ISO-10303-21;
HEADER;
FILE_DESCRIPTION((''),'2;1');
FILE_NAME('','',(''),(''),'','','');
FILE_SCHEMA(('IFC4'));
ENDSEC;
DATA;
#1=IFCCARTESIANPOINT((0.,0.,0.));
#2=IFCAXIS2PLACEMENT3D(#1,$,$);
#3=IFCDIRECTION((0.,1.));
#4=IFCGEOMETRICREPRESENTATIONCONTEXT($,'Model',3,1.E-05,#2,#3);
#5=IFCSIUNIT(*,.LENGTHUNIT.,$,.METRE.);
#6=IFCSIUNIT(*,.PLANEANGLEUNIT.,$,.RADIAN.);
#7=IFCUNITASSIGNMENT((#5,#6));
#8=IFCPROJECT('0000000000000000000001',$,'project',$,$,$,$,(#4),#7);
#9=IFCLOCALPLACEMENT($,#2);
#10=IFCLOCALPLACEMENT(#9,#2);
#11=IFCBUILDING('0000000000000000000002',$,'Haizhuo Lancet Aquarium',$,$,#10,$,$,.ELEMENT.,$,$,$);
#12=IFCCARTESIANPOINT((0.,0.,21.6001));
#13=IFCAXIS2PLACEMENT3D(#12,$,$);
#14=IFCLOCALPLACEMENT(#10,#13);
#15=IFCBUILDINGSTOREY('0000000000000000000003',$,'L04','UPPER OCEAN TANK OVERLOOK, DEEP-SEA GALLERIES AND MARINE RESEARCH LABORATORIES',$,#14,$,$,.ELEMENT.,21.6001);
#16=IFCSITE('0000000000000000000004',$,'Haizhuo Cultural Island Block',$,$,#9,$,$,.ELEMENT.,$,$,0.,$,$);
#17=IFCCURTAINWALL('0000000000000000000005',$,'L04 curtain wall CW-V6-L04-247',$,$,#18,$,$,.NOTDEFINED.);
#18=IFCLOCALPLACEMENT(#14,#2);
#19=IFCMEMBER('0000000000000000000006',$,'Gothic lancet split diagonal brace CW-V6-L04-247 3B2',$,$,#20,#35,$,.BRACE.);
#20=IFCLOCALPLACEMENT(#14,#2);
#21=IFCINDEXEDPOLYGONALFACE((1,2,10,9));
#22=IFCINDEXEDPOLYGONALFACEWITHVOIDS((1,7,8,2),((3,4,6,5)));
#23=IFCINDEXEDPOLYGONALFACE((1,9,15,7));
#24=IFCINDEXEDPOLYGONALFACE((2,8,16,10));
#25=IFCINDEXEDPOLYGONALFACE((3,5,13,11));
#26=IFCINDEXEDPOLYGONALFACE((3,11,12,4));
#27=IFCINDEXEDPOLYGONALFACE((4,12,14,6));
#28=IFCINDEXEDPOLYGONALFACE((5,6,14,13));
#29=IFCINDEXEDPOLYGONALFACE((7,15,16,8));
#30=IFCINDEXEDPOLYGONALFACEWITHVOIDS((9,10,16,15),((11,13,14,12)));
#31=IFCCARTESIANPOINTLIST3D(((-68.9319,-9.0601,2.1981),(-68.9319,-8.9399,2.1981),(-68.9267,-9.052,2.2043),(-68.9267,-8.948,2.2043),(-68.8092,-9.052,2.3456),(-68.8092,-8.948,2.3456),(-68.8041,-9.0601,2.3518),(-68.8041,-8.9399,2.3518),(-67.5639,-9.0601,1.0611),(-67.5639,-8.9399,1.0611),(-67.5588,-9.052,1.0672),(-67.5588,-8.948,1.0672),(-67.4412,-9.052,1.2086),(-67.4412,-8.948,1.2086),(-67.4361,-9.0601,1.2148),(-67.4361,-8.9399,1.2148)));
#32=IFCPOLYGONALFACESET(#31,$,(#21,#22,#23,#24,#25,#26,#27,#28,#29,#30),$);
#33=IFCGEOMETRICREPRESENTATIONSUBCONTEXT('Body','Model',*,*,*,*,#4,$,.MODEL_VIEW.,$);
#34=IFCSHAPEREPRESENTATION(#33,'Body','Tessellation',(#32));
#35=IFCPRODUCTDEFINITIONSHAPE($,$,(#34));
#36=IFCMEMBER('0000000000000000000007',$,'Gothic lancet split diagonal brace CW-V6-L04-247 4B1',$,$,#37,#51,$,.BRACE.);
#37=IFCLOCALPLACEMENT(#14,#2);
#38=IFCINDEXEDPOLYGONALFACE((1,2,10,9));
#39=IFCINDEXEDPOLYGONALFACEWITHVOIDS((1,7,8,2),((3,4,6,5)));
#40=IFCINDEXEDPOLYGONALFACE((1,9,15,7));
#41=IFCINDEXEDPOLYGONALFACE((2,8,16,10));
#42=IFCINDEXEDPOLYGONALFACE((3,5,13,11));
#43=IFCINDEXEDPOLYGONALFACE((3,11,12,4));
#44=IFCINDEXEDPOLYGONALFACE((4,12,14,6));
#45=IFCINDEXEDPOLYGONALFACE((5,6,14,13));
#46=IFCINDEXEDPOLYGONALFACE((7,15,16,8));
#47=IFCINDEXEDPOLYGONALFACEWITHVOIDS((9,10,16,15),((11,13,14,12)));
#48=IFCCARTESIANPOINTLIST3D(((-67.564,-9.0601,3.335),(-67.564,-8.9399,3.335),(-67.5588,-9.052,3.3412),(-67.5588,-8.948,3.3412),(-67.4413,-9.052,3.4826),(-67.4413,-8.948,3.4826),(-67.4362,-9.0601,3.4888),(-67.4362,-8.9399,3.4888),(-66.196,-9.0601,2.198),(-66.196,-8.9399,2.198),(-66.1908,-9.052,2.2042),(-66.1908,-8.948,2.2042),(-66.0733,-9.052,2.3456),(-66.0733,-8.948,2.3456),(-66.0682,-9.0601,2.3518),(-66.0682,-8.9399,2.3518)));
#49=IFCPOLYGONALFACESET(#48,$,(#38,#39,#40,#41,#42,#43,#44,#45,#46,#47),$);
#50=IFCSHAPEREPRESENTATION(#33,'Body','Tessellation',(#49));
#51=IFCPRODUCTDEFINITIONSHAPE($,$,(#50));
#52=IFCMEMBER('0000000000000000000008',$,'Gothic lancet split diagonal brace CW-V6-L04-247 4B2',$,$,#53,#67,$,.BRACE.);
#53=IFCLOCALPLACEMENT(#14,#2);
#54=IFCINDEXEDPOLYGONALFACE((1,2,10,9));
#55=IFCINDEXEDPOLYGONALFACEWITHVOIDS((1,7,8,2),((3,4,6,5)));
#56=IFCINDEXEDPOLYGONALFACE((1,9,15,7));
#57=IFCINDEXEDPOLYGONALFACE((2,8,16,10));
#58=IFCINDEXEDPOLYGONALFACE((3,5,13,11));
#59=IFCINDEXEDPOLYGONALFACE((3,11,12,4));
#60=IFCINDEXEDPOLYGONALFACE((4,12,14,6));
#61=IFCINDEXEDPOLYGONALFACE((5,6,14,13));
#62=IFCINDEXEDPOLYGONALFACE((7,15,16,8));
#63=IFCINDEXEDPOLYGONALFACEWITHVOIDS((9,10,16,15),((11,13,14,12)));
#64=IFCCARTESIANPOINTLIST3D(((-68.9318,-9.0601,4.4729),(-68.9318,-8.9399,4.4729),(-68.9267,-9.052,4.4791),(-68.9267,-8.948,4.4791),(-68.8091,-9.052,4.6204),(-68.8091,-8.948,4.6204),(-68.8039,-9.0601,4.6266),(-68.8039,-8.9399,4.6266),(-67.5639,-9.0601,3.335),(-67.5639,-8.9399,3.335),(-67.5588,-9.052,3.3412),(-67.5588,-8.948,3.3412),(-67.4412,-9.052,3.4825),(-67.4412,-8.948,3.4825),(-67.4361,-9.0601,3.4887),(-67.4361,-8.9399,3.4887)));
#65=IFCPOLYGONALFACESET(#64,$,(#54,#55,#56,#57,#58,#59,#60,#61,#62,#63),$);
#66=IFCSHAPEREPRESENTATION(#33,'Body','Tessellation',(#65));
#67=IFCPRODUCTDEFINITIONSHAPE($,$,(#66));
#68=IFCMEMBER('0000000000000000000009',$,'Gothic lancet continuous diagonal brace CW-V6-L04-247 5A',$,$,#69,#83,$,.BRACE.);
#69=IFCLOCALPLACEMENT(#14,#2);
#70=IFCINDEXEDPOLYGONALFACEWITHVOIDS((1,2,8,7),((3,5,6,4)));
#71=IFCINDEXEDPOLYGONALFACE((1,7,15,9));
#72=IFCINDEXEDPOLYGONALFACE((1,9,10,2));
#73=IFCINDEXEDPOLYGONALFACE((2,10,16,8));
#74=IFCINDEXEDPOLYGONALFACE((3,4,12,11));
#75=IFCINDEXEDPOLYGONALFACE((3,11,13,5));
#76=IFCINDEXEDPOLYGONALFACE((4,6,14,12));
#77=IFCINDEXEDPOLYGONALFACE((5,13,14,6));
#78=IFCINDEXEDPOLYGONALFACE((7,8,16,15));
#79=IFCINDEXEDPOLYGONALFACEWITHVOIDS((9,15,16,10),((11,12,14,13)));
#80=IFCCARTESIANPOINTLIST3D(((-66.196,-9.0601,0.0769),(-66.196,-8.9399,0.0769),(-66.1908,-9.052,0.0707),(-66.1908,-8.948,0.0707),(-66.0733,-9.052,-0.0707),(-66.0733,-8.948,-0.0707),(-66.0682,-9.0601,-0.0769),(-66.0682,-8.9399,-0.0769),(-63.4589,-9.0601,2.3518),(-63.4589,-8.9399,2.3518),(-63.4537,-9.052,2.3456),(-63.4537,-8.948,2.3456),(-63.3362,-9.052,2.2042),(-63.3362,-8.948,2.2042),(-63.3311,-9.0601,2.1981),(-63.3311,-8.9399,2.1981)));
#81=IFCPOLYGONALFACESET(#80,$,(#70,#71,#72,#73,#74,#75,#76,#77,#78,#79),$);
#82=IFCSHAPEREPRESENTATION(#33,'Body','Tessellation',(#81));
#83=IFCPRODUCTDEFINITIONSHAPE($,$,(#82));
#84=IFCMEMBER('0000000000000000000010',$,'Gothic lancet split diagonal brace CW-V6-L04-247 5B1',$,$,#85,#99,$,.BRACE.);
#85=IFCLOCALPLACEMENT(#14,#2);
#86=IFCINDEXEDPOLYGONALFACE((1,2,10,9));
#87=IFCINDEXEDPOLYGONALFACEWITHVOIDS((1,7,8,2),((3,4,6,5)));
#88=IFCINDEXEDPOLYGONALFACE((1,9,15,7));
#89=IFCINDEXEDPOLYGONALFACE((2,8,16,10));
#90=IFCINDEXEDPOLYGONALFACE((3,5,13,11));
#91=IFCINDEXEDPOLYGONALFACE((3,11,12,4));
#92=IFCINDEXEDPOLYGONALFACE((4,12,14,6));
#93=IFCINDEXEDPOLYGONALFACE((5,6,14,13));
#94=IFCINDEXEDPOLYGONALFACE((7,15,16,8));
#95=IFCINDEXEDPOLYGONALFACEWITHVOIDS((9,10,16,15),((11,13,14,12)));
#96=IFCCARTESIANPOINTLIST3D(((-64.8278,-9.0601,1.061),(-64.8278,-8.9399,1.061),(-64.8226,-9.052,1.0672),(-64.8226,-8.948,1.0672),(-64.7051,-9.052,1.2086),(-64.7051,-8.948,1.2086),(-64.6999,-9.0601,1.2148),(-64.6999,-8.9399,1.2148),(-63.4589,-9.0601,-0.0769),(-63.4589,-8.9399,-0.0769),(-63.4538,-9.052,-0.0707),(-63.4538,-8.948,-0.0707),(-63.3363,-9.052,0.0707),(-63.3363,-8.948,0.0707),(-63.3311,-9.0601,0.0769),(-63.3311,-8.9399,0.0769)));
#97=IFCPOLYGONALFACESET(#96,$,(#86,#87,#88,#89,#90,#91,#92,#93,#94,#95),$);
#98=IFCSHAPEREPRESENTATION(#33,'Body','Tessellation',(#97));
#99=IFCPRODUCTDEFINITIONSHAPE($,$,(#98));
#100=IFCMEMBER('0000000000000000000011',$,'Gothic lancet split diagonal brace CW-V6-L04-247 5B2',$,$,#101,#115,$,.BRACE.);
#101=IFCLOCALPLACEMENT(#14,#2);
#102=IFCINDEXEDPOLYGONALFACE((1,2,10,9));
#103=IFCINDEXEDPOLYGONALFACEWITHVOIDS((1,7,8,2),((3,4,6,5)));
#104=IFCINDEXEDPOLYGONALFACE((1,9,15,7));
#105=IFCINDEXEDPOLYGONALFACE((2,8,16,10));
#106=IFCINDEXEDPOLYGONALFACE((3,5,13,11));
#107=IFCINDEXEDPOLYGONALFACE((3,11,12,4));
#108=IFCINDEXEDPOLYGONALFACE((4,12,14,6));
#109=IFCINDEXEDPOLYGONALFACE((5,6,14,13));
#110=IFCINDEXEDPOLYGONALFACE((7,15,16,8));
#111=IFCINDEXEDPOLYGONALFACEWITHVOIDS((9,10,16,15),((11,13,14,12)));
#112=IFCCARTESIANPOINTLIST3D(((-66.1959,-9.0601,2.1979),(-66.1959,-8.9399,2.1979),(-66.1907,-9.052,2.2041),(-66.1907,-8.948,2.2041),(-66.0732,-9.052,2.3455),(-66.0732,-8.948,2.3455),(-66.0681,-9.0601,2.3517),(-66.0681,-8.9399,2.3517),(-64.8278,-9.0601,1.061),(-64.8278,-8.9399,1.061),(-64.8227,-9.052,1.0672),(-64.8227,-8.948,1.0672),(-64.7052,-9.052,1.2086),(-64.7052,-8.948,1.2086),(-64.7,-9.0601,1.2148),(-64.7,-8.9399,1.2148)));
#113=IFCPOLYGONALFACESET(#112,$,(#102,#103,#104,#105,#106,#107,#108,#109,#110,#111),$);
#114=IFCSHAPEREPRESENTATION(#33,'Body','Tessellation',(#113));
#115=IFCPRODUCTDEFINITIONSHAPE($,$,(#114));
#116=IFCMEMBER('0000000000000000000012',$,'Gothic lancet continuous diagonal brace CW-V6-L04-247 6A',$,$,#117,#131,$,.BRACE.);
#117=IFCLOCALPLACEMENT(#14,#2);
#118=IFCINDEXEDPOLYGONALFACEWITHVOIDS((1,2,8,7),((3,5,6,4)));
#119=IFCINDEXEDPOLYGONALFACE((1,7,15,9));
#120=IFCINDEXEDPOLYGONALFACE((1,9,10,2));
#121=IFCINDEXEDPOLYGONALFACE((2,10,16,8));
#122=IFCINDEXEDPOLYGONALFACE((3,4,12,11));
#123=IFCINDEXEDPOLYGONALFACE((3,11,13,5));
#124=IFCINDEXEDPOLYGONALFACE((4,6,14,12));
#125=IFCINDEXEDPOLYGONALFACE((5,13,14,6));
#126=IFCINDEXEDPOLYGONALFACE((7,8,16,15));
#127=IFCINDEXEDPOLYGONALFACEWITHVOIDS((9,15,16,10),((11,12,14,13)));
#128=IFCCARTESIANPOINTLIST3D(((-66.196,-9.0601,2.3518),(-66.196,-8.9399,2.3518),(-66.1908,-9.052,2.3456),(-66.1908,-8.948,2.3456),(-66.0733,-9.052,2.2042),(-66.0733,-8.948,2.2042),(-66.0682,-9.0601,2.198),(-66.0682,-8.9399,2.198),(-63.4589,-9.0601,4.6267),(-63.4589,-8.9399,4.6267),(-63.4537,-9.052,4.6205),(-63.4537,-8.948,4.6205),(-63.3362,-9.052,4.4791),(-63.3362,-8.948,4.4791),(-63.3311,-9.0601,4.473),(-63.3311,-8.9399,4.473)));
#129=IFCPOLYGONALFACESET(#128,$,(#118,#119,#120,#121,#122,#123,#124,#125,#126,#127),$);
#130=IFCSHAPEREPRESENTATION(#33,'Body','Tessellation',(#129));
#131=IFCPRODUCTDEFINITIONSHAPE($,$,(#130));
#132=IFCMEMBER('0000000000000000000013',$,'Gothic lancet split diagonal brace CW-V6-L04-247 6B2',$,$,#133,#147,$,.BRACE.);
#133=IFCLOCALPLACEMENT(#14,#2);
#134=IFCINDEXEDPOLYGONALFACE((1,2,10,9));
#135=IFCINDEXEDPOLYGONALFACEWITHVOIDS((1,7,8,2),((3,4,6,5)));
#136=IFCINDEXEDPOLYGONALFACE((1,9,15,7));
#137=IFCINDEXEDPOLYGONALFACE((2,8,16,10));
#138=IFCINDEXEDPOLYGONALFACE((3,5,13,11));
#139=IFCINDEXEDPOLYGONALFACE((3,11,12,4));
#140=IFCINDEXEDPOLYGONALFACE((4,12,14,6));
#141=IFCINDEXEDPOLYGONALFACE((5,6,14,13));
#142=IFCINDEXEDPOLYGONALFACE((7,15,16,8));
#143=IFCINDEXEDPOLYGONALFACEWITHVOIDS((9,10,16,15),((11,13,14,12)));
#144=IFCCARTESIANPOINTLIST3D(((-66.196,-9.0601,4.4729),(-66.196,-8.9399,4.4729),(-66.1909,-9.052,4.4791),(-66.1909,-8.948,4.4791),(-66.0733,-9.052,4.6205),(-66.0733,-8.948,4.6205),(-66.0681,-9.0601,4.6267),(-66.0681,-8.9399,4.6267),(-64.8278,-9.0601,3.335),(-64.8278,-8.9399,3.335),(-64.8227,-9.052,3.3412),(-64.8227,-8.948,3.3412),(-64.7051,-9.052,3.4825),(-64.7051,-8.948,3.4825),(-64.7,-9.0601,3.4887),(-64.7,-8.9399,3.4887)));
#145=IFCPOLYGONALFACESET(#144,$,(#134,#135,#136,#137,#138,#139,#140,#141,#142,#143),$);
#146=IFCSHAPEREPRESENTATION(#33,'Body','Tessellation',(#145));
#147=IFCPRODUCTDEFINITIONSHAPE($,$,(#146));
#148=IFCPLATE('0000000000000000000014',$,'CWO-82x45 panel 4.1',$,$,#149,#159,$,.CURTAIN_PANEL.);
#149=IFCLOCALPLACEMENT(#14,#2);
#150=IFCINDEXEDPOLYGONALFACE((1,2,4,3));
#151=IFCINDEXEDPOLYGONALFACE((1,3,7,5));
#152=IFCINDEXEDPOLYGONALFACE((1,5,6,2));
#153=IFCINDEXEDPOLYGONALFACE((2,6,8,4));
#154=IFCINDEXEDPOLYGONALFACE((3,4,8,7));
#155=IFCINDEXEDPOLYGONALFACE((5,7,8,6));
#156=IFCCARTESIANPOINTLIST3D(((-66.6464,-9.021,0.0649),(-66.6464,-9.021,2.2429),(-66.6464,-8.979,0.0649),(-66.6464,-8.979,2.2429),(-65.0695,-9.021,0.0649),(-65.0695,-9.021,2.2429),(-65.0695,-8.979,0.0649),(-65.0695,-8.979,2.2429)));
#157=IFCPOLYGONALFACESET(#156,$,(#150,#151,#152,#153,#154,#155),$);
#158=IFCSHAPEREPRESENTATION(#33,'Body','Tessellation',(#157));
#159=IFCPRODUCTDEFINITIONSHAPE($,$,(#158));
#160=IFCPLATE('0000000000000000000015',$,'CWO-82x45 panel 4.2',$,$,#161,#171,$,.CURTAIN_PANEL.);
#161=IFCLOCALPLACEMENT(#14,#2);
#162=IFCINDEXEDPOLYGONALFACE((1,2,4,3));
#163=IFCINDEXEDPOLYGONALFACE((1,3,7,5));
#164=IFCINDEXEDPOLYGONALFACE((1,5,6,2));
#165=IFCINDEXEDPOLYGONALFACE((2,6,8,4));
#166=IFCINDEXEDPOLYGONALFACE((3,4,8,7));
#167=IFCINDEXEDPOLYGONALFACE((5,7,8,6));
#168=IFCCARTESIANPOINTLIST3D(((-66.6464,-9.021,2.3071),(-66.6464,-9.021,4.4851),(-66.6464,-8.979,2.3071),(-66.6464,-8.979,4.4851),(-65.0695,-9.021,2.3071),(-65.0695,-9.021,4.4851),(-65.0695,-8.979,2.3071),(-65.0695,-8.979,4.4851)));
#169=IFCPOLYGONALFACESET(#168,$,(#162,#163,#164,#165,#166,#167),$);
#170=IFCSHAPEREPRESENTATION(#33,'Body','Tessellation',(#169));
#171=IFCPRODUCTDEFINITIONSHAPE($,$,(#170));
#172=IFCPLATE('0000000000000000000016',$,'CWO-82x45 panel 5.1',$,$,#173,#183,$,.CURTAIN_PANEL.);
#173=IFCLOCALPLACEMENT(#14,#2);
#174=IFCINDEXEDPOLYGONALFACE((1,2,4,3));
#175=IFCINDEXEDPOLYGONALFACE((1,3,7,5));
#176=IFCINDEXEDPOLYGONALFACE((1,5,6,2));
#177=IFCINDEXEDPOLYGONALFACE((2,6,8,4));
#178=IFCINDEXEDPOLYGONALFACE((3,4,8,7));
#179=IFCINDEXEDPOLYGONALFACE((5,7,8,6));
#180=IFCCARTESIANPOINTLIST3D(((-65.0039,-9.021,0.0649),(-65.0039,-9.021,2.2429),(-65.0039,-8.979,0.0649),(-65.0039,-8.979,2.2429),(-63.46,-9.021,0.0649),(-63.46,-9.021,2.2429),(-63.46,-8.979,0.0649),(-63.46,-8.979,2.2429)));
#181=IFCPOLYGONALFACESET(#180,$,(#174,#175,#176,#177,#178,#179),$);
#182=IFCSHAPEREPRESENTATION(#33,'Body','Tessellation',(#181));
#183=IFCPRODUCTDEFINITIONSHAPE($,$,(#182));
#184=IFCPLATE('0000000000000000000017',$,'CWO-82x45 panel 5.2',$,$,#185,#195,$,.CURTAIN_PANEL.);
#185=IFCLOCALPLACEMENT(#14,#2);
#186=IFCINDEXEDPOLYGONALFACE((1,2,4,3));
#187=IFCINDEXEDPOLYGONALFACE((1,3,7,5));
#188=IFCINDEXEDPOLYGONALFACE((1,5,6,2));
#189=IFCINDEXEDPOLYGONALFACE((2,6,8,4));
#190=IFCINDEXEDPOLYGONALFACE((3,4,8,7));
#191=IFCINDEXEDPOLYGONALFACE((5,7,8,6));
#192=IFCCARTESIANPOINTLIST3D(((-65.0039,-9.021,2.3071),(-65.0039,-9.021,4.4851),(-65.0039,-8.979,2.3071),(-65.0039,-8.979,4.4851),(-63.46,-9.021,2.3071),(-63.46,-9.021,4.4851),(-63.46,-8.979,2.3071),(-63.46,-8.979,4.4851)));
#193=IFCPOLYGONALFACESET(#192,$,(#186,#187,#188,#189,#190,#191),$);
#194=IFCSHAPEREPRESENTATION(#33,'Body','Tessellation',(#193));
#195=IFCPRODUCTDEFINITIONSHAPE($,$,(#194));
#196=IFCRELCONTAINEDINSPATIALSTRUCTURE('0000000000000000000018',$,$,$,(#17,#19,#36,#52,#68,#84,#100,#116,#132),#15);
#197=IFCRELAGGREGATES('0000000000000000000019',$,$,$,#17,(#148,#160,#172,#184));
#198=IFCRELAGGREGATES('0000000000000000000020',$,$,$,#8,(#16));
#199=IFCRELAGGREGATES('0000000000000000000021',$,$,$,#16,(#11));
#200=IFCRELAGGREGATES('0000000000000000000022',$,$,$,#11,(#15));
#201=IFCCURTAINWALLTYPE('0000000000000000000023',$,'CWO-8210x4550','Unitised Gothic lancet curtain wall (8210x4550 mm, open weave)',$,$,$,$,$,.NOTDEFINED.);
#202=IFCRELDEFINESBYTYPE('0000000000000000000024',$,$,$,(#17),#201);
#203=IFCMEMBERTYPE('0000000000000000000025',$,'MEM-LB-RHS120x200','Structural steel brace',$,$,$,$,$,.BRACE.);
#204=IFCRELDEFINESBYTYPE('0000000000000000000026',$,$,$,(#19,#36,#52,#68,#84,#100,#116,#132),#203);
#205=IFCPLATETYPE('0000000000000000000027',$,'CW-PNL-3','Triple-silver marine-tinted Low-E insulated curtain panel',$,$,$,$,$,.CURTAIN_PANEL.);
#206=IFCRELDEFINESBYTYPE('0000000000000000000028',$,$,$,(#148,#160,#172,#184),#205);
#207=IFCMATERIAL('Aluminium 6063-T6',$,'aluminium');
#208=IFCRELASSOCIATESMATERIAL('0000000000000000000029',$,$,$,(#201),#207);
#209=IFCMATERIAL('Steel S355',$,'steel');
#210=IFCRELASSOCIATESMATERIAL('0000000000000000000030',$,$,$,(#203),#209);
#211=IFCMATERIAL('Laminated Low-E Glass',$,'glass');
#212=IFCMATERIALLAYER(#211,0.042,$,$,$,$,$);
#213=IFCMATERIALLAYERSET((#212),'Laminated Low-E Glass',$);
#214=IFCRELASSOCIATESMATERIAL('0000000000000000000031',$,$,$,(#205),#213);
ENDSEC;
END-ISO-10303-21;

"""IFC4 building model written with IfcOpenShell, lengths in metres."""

from ifc_helpers import new_model, si_unit, direction, frame, origin, origin_2d, place, context, subcontext, project, spatial, rectangle, hollow_rectangle, extrude, material, layer, layer_set, material_profile, profile_set, type_object, element, aggregate, save


model = new_model("IFC4")

# Units and contexts
model_context = context("Model", 3, precision=1e-05, world=origin(), true_north=direction((0.0, 1.0)))
body_context = subcontext(model_context, "Body", "Model", "MODEL_VIEW")
ifc_project = project(units=[si_unit("LENGTHUNIT", "METRE"), si_unit("PLANEANGLEUNIT", "RADIAN")], contexts=[model_context])

# Site, building, storey
site_placement = place(None, origin())
site = spatial("IfcSite", under=ifc_project, at=site_placement, Name="Haizhuo Cultural Island Block", CompositionType="ELEMENT", RefElevation=0.0)
building_placement = place(site_placement, origin())
building = spatial("IfcBuilding", under=site, at=building_placement, Name="Haizhuo Lancet Aquarium", CompositionType="ELEMENT")
storey_placement = place(building_placement, frame((0.0, 0.0, 21.6001)))
storey = spatial("IfcBuildingStorey", under=building, at=storey_placement, Name="L04", Description="UPPER OCEAN TANK OVERLOOK, DEEP-SEA GALLERIES AND MARINE RESEARCH LABORATORIES", CompositionType="ELEMENT", Elevation=21.6001)

# Curtain wall
ifc_material_1 = material(Name="Aluminium 6063-T6", Category="aluminium")
curtain_wall_type = type_object("IfcCurtainWallType", Name="CWO-8210x4550", Description="Unitised Gothic lancet curtain wall (8210x4550 mm, open weave)", PredefinedType="NOTDEFINED", material=ifc_material_1)
curtain_wall_placement = place(storey_placement, origin())
curtain_wall = element("IfcCurtainWall", 1, at=curtain_wall_placement, inside=storey, type_object=curtain_wall_type, Name="L04 curtain wall CW-V6-L04-247", PredefinedType="NOTDEFINED")

# Members
ifc_material_2 = material(Name="Steel S355", Category="steel")
ifc_material_profile_1 = material_profile(ifc_material_2, hollow_rectangle(XDim=0.1201, YDim=0.2, WallThickness=0.0081, at=origin_2d()), Name="RHS 120x200x8")
ifc_profile_set_1 = profile_set([ifc_material_profile_1], Name="Steel S355")
member_type_1 = type_object("IfcMemberType", Name="MEM-LB-RHS120x200", Description="Structural steel brace", PredefinedType="BRACE", material=ifc_profile_set_1)
for number, where, z_axis, x_axis, name in (
    (2, (-67.5, -9.0, 1.1379), (-0.769042, 0.0, 0.639198), (0.0, -1.0, 0.0), "Gothic lancet split diagonal brace CW-V6-L04-247 3B2"),
    (3, (-66.1321, -9.0, 2.2749), (-0.769042, 0.0, 0.639198), (0.0, -1.0, 0.0), "Gothic lancet split diagonal brace CW-V6-L04-247 4B1"),
):
    element("IfcMember", number, at=place(storey_placement, frame(where, z_axis=z_axis, x_axis=x_axis)), inside=storey, type_object=member_type_1, Name=name, PredefinedType="BRACE", context=body_context, shape_type="SweptSolid", body=[
        extrude(hollow_rectangle(XDim=0.1201, YDim=0.2, WallThickness=0.0081, at=origin_2d()), origin(), (0.0, 0.0, 1.0), 1.7788),
    ])
member_1_placement = place(storey_placement, frame((-67.5, -9.0, 3.4119), z_axis=(-0.768772, 0.0, 0.639523), x_axis=(0.0, -1.0, 0.0)))
element("IfcMember", 4, at=member_1_placement, inside=storey, type_object=member_type_1, Name="Gothic lancet split diagonal brace CW-V6-L04-247 4B2", PredefinedType="BRACE", context=body_context, shape_type="SweptSolid", body=[
    extrude(hollow_rectangle(XDim=0.1201, YDim=0.2, WallThickness=0.0081, at=origin_2d()), origin(), (0.0, 0.0, 1.0), 1.7793),
])
member_2_placement = place(storey_placement, frame((-66.1321, -9.0, 0.0), z_axis=(0.769047, 0.0, 0.639192), x_axis=(0.0, 1.0, 0.0)))
element("IfcMember", 5, at=member_2_placement, inside=storey, type_object=member_type_1, Name="Gothic lancet continuous diagonal brace CW-V6-L04-247 5A", PredefinedType="BRACE", context=body_context, shape_type="SweptSolid", body=[
    extrude(hollow_rectangle(XDim=0.1201, YDim=0.2, WallThickness=0.0081, at=origin_2d()), origin(), (0.0, 0.0, 1.0), 3.5591),
])
member_3_placement = place(storey_placement, frame((-63.395, -9.0, 0.0), z_axis=(-0.768996, 0.0, 0.639253), x_axis=(0.0, -1.0, 0.0)))
element("IfcMember", 6, at=member_3_placement, inside=storey, type_object=member_type_1, Name="Gothic lancet split diagonal brace CW-V6-L04-247 5B1", PredefinedType="BRACE", context=body_context, shape_type="SweptSolid", body=[
    extrude(hollow_rectangle(XDim=0.1201, YDim=0.2, WallThickness=0.0081, at=origin_2d()), origin(), (0.0, 0.0, 1.0), 1.78),
])
member_4_placement = place(storey_placement, frame((-64.7639, -9.0, 1.1379), z_axis=(-0.769098, 0.0, 0.639131), x_axis=(0.0, -1.0, 0.0)))
element("IfcMember", 7, at=member_4_placement, inside=storey, type_object=member_type_1, Name="Gothic lancet split diagonal brace CW-V6-L04-247 5B2", PredefinedType="BRACE", context=body_context, shape_type="SweptSolid", body=[
    extrude(hollow_rectangle(XDim=0.1201, YDim=0.2, WallThickness=0.0081, at=origin_2d()), origin(), (0.0, 0.0, 1.0), 1.7788),
])
member_5_placement = place(storey_placement, frame((-66.1321, -9.0, 2.2749), z_axis=(0.769047, 0.0, 0.639192), x_axis=(0.0, 1.0, 0.0)))
element("IfcMember", 8, at=member_5_placement, inside=storey, type_object=member_type_1, Name="Gothic lancet continuous diagonal brace CW-V6-L04-247 6A", PredefinedType="BRACE", context=body_context, shape_type="SweptSolid", body=[
    extrude(hollow_rectangle(XDim=0.1201, YDim=0.2, WallThickness=0.0081, at=origin_2d()), origin(), (0.0, 0.0, 1.0), 3.5591),
])
member_6_placement = place(storey_placement, frame((-64.7639, -9.0, 3.4119), z_axis=(-0.768828, 0.0, 0.639455), x_axis=(0.0, -1.0, 0.0)))
element("IfcMember", 9, at=member_6_placement, inside=storey, type_object=member_type_1, Name="Gothic lancet split diagonal brace CW-V6-L04-247 6B2", PredefinedType="BRACE", context=body_context, shape_type="SweptSolid", body=[
    extrude(hollow_rectangle(XDim=0.1201, YDim=0.2, WallThickness=0.0081, at=origin_2d()), origin(), (0.0, 0.0, 1.0), 1.7795),
])

# Plates
ifc_material_3 = material(Name="Laminated Low-E Glass", Category="glass")
ifc_layer = layer(ifc_material_3, 0.042)
ifc_layer_set = layer_set([ifc_layer], Name="Laminated Low-E Glass")
plate_type = type_object("IfcPlateType", Name="CW-PNL-3", Description="Triple-silver marine-tinted Low-E insulated curtain panel", PredefinedType="CURTAIN_PANEL", material=ifc_layer_set)
plate_1_placement = place(storey_placement, frame((-65.8579, -9.0, 0.0649), z_axis=(0.0, 0.0, 1.0), x_axis=(1.0, 0.0, 0.0)))
plate_1 = element("IfcPlate", 10, at=plate_1_placement, type_object=plate_type, Name="CWO-82x45 panel 4.1", PredefinedType="CURTAIN_PANEL", context=body_context, shape_type="SweptSolid", body=[
    extrude(rectangle(XDim=1.5769, YDim=0.042, at=origin_2d()), origin(), (0.0, 0.0, 1.0), 2.178),
])
plate_2_placement = place(storey_placement, frame((-65.8579, -9.0, 2.3071), z_axis=(0.0, 0.0, 1.0), x_axis=(1.0, 0.0, 0.0)))
plate_2 = element("IfcPlate", 11, at=plate_2_placement, type_object=plate_type, Name="CWO-82x45 panel 4.2", PredefinedType="CURTAIN_PANEL", context=body_context, shape_type="SweptSolid", body=[
    extrude(rectangle(XDim=1.5769, YDim=0.042, at=origin_2d()), origin(), (0.0, 0.0, 1.0), 2.178),
])
plate_3_placement = place(storey_placement, frame((-64.2319, -9.0, 0.0649), z_axis=(0.0, 0.0, 1.0), x_axis=(1.0, 0.0, 0.0)))
plate_3 = element("IfcPlate", 12, at=plate_3_placement, type_object=plate_type, Name="CWO-82x45 panel 5.1", PredefinedType="CURTAIN_PANEL", context=body_context, shape_type="SweptSolid", body=[
    extrude(rectangle(XDim=1.5439, YDim=0.042, at=origin_2d()), origin(), (0.0, 0.0, 1.0), 2.178),
])
plate_4_placement = place(storey_placement, frame((-64.2319, -9.0, 2.3071), z_axis=(0.0, 0.0, 1.0), x_axis=(1.0, 0.0, 0.0)))
plate_4 = element("IfcPlate", 13, at=plate_4_placement, type_object=plate_type, Name="CWO-82x45 panel 5.2", PredefinedType="CURTAIN_PANEL", context=body_context, shape_type="SweptSolid", body=[
    extrude(rectangle(XDim=1.5439, YDim=0.042, at=origin_2d()), origin(), (0.0, 0.0, 1.0), 2.178),
])
aggregate(curtain_wall, [plate_1, plate_2, plate_3, plate_4])

save(model, "model.ifc")
